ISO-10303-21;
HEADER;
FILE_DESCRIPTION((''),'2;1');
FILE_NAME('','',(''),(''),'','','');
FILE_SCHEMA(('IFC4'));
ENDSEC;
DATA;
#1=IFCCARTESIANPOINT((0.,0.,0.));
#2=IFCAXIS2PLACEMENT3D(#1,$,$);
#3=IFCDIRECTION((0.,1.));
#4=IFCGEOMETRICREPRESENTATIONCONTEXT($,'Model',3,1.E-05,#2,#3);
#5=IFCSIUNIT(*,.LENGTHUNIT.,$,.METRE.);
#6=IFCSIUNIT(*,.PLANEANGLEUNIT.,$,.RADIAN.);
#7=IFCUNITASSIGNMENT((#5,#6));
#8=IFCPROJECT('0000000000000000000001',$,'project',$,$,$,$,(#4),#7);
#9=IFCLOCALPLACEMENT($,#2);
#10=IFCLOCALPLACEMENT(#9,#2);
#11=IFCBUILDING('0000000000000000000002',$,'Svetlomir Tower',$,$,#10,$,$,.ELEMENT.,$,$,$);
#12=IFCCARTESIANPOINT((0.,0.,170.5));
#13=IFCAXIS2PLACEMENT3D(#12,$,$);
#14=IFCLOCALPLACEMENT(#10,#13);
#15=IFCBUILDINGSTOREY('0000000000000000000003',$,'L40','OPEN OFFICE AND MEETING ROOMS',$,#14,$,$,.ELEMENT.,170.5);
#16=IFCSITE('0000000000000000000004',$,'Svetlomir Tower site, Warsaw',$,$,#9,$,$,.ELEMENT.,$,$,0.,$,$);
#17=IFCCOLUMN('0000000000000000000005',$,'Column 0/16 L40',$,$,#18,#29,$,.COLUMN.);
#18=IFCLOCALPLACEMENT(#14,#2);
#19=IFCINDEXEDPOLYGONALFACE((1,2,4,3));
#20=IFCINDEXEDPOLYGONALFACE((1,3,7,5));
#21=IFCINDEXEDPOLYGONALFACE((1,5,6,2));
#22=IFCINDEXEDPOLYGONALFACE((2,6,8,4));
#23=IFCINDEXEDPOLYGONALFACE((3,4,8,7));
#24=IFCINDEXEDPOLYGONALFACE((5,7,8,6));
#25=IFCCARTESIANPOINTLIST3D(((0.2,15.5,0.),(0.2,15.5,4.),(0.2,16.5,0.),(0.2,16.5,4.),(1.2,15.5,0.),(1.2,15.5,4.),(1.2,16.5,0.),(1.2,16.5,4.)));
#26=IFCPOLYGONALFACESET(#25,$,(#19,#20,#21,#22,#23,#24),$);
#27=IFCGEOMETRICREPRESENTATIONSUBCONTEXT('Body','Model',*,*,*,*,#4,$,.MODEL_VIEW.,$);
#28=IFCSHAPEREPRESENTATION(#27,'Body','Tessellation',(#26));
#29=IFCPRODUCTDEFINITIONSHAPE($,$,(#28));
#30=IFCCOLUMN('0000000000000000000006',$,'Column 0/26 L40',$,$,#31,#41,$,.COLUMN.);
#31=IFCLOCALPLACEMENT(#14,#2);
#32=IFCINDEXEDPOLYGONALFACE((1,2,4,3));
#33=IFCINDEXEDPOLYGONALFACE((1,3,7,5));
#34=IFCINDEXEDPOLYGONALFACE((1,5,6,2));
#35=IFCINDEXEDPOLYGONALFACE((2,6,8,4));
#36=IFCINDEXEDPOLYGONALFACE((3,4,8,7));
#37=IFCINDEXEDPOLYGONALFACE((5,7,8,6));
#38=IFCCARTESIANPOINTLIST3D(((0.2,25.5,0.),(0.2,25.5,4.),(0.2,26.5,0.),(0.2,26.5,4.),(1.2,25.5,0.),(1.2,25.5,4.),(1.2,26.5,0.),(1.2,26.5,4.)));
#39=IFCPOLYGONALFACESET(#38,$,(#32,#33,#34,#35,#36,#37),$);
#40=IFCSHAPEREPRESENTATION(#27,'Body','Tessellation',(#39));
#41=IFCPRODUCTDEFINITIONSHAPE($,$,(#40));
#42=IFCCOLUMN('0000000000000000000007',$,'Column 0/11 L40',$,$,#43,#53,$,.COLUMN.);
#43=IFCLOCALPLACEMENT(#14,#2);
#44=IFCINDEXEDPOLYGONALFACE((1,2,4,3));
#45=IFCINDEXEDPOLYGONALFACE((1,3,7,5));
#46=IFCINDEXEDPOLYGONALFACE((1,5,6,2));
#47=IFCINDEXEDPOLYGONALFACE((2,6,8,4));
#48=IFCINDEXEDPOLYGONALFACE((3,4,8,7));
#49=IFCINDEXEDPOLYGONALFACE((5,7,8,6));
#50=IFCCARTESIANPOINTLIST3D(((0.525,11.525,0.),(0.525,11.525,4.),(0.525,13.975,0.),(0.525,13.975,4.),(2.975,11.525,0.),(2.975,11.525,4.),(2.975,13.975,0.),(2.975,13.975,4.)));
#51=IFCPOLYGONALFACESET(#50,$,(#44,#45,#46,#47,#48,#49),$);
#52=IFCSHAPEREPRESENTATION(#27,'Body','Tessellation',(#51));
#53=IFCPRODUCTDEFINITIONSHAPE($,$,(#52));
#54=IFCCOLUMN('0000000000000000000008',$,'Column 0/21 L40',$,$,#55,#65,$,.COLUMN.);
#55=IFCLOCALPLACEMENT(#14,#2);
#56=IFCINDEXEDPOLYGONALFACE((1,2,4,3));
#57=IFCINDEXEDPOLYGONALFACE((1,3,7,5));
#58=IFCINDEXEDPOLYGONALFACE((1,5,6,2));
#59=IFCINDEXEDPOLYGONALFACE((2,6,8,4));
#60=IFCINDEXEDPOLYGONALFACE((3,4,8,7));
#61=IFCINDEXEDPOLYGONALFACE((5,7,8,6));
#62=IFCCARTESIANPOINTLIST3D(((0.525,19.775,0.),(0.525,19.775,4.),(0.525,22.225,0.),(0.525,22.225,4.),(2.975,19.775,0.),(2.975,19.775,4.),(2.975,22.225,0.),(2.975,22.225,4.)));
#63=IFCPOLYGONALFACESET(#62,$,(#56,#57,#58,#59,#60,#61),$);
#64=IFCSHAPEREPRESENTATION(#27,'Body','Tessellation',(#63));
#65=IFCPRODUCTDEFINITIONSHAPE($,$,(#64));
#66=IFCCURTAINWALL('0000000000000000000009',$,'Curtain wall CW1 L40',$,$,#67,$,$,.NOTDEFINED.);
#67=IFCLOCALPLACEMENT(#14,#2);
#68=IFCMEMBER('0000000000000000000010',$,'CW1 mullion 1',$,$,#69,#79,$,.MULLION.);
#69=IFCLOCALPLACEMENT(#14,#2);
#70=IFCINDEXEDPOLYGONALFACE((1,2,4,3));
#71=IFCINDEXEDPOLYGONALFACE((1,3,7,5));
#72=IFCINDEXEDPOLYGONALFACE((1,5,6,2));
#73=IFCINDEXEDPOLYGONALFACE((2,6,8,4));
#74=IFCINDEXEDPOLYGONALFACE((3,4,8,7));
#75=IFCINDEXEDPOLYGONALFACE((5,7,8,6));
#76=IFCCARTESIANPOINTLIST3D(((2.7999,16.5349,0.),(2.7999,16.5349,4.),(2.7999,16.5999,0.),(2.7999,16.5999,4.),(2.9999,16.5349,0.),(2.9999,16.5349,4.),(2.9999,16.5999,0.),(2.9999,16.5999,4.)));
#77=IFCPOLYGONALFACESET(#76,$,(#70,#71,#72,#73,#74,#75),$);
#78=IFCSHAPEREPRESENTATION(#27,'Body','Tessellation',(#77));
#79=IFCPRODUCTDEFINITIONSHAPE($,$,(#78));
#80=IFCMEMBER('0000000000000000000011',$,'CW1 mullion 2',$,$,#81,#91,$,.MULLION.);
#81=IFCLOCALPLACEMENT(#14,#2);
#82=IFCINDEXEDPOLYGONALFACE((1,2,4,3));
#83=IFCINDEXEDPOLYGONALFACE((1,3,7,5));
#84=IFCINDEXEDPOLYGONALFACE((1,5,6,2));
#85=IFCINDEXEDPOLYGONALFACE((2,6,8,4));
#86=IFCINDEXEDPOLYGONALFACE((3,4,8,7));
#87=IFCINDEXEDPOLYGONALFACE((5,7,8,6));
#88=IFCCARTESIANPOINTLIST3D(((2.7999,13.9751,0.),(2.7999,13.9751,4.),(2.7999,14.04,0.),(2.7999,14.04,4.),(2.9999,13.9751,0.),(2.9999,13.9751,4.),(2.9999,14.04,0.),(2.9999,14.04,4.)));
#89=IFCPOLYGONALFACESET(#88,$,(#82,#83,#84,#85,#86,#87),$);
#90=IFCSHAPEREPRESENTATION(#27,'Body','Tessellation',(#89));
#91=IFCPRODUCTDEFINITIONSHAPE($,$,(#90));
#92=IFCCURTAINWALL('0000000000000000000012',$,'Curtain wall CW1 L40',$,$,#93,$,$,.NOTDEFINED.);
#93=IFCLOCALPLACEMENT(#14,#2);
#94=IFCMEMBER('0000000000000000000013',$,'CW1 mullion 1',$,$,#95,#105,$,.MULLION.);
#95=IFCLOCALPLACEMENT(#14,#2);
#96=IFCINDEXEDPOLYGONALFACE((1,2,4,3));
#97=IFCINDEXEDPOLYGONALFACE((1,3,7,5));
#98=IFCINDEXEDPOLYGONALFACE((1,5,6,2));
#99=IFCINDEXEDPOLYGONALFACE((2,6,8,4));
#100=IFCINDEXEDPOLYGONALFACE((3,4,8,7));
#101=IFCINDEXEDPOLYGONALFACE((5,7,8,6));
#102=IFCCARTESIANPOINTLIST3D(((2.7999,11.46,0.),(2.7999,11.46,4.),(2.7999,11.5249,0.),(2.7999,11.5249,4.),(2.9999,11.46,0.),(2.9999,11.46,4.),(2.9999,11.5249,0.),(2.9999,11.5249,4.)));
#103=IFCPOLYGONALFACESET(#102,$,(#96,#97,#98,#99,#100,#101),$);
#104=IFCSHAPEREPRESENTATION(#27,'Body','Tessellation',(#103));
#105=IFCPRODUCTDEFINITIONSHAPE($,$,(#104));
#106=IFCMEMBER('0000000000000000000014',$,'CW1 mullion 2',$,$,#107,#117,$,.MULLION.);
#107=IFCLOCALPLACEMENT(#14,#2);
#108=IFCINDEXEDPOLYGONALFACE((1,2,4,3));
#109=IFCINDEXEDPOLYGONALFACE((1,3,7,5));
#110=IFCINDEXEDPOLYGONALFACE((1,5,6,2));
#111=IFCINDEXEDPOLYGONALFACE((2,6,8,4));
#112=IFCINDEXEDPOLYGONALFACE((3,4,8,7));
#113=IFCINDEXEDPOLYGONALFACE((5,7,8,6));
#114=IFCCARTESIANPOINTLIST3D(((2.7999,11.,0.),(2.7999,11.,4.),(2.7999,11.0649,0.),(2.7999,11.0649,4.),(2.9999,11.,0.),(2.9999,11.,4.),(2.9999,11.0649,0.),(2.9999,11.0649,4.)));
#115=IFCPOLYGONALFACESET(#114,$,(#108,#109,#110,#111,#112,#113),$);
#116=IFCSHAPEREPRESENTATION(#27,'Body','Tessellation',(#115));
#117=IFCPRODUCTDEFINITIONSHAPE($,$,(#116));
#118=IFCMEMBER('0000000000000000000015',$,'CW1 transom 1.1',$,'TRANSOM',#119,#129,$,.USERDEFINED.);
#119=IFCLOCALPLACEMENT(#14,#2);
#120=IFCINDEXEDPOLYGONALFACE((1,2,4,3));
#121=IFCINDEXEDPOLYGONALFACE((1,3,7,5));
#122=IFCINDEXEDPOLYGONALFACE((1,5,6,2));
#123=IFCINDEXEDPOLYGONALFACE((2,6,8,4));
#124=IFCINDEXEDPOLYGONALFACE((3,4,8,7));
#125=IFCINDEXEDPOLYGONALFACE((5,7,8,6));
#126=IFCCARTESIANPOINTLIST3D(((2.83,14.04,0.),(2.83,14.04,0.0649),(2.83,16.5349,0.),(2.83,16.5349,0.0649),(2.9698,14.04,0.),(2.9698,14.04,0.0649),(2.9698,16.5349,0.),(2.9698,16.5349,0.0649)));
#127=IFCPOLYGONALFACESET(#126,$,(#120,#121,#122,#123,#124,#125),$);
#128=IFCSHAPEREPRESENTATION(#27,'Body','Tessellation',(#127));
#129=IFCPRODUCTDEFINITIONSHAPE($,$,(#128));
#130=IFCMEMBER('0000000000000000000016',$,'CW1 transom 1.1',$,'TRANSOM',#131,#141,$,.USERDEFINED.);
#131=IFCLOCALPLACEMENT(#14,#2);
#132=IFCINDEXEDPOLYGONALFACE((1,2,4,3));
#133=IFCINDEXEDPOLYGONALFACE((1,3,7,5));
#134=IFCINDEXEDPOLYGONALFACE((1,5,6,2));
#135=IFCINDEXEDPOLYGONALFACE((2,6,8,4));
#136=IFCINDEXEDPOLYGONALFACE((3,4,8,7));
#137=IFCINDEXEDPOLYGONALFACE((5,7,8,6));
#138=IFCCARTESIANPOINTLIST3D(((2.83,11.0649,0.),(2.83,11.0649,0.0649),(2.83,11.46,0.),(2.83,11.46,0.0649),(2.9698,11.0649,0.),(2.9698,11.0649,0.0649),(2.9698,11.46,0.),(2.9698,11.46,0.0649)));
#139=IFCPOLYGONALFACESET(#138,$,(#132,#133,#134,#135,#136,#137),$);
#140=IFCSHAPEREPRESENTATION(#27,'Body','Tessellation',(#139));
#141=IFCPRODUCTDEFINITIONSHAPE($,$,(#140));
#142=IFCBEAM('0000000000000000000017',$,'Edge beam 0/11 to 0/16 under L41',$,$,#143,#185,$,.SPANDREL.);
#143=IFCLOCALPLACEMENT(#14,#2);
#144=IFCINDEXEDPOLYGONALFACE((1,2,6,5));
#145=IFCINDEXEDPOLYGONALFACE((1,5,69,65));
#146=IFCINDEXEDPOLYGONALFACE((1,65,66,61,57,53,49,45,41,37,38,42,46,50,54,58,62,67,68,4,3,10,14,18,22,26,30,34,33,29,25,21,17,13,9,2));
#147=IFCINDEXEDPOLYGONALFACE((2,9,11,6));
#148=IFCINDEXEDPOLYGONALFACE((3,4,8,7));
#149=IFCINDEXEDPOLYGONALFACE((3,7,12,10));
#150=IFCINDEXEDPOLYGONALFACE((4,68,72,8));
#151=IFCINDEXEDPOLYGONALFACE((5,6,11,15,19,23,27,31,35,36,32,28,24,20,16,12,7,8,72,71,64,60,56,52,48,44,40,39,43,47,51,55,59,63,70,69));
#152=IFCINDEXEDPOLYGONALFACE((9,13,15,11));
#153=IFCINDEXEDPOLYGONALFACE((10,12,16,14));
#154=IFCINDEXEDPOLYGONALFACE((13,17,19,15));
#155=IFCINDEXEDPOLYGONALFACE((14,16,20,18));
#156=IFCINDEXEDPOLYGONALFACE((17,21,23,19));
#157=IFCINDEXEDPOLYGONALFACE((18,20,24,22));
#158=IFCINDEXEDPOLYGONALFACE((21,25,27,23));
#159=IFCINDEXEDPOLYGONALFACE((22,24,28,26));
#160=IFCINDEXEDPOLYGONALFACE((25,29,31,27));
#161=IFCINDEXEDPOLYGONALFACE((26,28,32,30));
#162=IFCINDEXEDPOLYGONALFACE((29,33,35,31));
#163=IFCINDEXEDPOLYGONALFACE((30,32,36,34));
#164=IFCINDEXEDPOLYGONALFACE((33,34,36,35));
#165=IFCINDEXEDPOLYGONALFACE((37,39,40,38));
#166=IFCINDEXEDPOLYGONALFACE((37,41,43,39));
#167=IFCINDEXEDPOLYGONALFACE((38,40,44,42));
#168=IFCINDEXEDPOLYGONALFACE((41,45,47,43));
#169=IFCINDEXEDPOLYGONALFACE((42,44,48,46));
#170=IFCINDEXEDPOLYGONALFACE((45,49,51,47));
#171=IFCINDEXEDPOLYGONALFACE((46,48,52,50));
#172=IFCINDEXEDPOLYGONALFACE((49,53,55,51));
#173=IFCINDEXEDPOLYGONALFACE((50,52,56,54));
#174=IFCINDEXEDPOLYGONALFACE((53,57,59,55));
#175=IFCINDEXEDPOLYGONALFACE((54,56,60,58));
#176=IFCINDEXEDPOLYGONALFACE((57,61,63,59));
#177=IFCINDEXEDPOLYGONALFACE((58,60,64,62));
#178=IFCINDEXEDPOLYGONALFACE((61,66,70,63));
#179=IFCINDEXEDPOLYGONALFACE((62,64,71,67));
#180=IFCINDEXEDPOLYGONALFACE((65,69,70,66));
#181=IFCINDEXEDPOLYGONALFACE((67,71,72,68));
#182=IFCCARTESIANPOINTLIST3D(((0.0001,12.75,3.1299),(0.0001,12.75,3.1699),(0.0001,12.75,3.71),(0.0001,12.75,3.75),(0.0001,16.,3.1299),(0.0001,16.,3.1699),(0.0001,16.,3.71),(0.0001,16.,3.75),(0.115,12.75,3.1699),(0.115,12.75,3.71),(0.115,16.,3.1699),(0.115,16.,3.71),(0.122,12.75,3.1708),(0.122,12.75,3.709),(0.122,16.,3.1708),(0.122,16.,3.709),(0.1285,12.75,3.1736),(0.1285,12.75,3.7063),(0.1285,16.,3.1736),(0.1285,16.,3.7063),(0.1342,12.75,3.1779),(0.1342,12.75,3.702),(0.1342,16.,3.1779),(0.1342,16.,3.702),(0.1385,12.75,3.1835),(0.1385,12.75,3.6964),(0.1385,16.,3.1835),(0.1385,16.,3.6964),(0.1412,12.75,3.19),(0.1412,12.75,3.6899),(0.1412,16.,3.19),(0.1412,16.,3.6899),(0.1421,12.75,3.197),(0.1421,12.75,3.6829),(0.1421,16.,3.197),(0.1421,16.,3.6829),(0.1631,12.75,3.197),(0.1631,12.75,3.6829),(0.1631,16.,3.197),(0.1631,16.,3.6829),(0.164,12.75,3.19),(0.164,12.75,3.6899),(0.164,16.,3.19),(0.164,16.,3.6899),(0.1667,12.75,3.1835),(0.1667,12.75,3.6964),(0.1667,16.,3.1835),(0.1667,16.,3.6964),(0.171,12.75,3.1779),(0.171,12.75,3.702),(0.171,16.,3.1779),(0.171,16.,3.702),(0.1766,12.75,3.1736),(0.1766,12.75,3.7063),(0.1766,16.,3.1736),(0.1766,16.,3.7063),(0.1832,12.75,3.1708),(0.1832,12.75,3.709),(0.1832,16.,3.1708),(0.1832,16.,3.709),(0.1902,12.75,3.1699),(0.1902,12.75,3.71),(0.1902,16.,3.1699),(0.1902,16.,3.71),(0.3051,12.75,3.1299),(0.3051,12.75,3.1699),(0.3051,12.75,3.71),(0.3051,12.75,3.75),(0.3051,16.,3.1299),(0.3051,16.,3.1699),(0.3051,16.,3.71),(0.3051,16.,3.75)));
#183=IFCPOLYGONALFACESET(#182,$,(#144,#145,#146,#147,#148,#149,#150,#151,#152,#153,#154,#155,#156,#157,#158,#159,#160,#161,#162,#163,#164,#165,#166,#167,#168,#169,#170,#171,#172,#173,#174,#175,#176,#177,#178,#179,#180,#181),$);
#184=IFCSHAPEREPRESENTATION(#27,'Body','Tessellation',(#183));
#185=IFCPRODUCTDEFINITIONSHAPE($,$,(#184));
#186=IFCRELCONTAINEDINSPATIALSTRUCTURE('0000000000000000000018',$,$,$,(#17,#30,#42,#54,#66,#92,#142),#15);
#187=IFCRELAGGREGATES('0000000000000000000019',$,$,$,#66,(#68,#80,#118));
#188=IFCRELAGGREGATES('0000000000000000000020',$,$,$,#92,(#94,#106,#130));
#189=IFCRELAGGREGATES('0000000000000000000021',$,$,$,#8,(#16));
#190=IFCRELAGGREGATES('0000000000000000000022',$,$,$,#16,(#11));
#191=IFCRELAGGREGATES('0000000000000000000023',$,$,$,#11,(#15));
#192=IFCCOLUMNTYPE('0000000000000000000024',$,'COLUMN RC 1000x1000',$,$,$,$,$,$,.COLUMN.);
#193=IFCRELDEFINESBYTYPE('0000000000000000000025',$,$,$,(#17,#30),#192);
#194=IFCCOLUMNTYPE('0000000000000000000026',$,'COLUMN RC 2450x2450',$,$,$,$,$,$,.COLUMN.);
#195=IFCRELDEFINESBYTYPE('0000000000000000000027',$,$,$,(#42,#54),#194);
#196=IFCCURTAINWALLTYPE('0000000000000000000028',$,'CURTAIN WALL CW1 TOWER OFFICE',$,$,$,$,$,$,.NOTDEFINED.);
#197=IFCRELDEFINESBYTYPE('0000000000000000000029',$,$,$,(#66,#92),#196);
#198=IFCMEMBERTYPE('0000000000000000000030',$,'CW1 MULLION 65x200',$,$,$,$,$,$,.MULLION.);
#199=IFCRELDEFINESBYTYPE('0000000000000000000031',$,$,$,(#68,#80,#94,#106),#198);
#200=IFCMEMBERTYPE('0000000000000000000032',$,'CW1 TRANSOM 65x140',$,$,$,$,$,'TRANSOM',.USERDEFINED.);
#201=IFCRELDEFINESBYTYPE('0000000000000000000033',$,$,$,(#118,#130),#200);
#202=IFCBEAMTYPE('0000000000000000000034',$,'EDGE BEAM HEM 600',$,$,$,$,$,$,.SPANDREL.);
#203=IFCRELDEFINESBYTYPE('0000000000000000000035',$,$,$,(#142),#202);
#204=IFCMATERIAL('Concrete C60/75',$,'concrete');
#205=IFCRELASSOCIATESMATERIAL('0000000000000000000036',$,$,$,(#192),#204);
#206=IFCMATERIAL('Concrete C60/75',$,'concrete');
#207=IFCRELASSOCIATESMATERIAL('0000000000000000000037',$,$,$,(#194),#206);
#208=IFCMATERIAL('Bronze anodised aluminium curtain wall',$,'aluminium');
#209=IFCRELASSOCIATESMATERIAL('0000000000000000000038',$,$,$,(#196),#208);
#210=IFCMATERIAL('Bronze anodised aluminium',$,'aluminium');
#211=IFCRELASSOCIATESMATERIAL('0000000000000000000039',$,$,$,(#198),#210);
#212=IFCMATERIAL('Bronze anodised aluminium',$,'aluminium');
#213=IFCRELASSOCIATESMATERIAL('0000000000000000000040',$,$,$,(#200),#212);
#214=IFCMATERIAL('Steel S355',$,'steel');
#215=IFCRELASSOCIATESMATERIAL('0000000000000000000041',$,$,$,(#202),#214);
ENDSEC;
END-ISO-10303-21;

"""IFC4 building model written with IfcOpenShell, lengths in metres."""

from ifc_helpers import new_model, si_unit, direction, frame, origin, origin_2d, place, context, subcontext, project, spatial, rectangle, i_section, extrude, material, material_profile, profile_set, type_object, element, aggregate, save


model = new_model("IFC4")

# Units and contexts
model_context = context("Model", 3, precision=1e-05, world=origin(), true_north=direction((0.0, 1.0)))
body_context = subcontext(model_context, "Body", "Model", "MODEL_VIEW")
ifc_project = project(units=[si_unit("LENGTHUNIT", "METRE"), si_unit("PLANEANGLEUNIT", "RADIAN")], contexts=[model_context])

# Site, building, storey
site_placement = place(None, origin())
site = spatial("IfcSite", under=ifc_project, at=site_placement, Name="Svetlomir Tower site, Warsaw", CompositionType="ELEMENT", RefElevation=0.0)
building_placement = place(site_placement, origin())
building = spatial("IfcBuilding", under=site, at=building_placement, Name="Svetlomir Tower", CompositionType="ELEMENT")
storey_placement = place(building_placement, frame((0.0, 0.0, 170.5)))
storey = spatial("IfcBuildingStorey", under=building, at=storey_placement, Name="L40", Description="OPEN OFFICE AND MEETING ROOMS", CompositionType="ELEMENT", Elevation=170.5)

# Columns
ifc_material_1 = material(Name="Concrete C60/75", Category="concrete")
ifc_material_profile_1 = material_profile(ifc_material_1, rectangle(XDim=1.0, YDim=1.0, at=origin_2d()), Name="RC 1000x1000")
ifc_profile_set_1 = profile_set([ifc_material_profile_1], Name="Concrete C60/75")
column_type_1 = type_object("IfcColumnType", Name="COLUMN RC 1000x1000", PredefinedType="COLUMN", material=ifc_profile_set_1)
for number, where, z_axis, x_axis, name in (
    (1, (0.7, 16.0, 0.0), (0.0, 0.0, 1.0), (1.0, 0.0, 0.0), "Column 0/16 L40"),
    (2, (0.7, 26.0, 0.0), (0.0, 0.0, 1.0), (1.0, 0.0, 0.0), "Column 0/26 L40"),
):
    element("IfcColumn", number, at=place(storey_placement, frame(where, z_axis=z_axis, x_axis=x_axis)), inside=storey, type_object=column_type_1, Name=name, PredefinedType="COLUMN", context=body_context, shape_type="SweptSolid", body=[
        extrude(rectangle(XDim=1.0, YDim=1.0, at=origin_2d()), origin(), (0.0, 0.0, 1.0), 4.0),
    ])
ifc_material_2 = material(Name="Concrete C60/75", Category="concrete")
ifc_material_profile_2 = material_profile(ifc_material_2, rectangle(XDim=2.45, YDim=2.45, at=origin_2d()), Name="RC 2450x2450")
ifc_profile_set_2 = profile_set([ifc_material_profile_2], Name="Concrete C60/75")
column_type_2 = type_object("IfcColumnType", Name="COLUMN RC 2450x2450", PredefinedType="COLUMN", material=ifc_profile_set_2)
for number, where, z_axis, x_axis, name in (
    (3, (1.75, 12.75, 0.0), (0.0, 0.0, 1.0), (1.0, 0.0, 0.0), "Column 0/11 L40"),
    (4, (1.75, 21.0, 0.0), (0.0, 0.0, 1.0), (1.0, 0.0, 0.0), "Column 0/21 L40"),
):
    element("IfcColumn", number, at=place(storey_placement, frame(where, z_axis=z_axis, x_axis=x_axis)), inside=storey, type_object=column_type_2, Name=name, PredefinedType="COLUMN", context=body_context, shape_type="SweptSolid", body=[
        extrude(rectangle(XDim=2.45, YDim=2.45, at=origin_2d()), origin(), (0.0, 0.0, 1.0), 4.0),
    ])

# Curtain walls, members
ifc_material_3 = material(Name="Bronze anodised aluminium curtain wall", Category="aluminium")
curtain_wall_type = type_object("IfcCurtainWallType", Name="CURTAIN WALL CW1 TOWER OFFICE", PredefinedType="NOTDEFINED", material=ifc_material_3)
curtain_wall_1_placement = place(storey_placement, origin())
curtain_wall_1 = element("IfcCurtainWall", 5, at=curtain_wall_1_placement, inside=storey, type_object=curtain_wall_type, Name="Curtain wall CW1 L40", PredefinedType="NOTDEFINED")
ifc_material_4 = material(Name="Bronze anodised aluminium", Category="aluminium")
ifc_material_profile_3 = material_profile(ifc_material_4, rectangle(XDim=0.0649, YDim=0.2, at=origin_2d()), Name="AL 65x200")
ifc_profile_set_3 = profile_set([ifc_material_profile_3], Name="Bronze anodised aluminium 6063-T6")
member_type_1 = type_object("IfcMemberType", Name="CW1 MULLION 65x200", PredefinedType="MULLION", material=ifc_profile_set_3)
member_1_placement = place(storey_placement, frame((2.8999, 16.5674, 0.0), z_axis=(0.0, 0.0, 1.0), x_axis=(0.0, -1.0, 0.0)))
member_1 = element("IfcMember", 6, at=member_1_placement, type_object=member_type_1, Name="CW1 mullion 1", PredefinedType="MULLION", context=body_context, shape_type="SweptSolid", body=[
    extrude(rectangle(XDim=0.0649, YDim=0.2, at=origin_2d()), origin(), (0.0, 0.0, 1.0), 4.0),
])
member_2_placement = place(storey_placement, frame((2.8999, 14.0076, 0.0), z_axis=(0.0, 0.0, 1.0), x_axis=(0.0, -1.0, 0.0)))
member_2 = element("IfcMember", 7, at=member_2_placement, type_object=member_type_1, Name="CW1 mullion 2", PredefinedType="MULLION", context=body_context, shape_type="SweptSolid", body=[
    extrude(rectangle(XDim=0.0649, YDim=0.2, at=origin_2d()), origin(), (0.0, 0.0, 1.0), 4.0),
])
curtain_wall_2_placement = place(storey_placement, origin())
curtain_wall_2 = element("IfcCurtainWall", 8, at=curtain_wall_2_placement, inside=storey, type_object=curtain_wall_type, Name="Curtain wall CW1 L40", PredefinedType="NOTDEFINED")
member_3_placement = place(storey_placement, frame((2.8999, 11.4924, 0.0), z_axis=(0.0, 0.0, 1.0), x_axis=(0.0, -1.0, 0.0)))
member_3 = element("IfcMember", 9, at=member_3_placement, type_object=member_type_1, Name="CW1 mullion 1", PredefinedType="MULLION", context=body_context, shape_type="SweptSolid", body=[
    extrude(rectangle(XDim=0.0649, YDim=0.2, at=origin_2d()), origin(), (0.0, 0.0, 1.0), 4.0),
])
member_4_placement = place(storey_placement, frame((2.8999, 11.0325, 0.0), z_axis=(0.0, 0.0, 1.0), x_axis=(0.0, -1.0, 0.0)))
member_4 = element("IfcMember", 10, at=member_4_placement, type_object=member_type_1, Name="CW1 mullion 2", PredefinedType="MULLION", context=body_context, shape_type="SweptSolid", body=[
    extrude(rectangle(XDim=0.0649, YDim=0.2, at=origin_2d()), origin(), (0.0, 0.0, 1.0), 4.0),
])

# Members
ifc_material_5 = material(Name="Bronze anodised aluminium", Category="aluminium")
ifc_material_profile_4 = material_profile(ifc_material_5, rectangle(XDim=0.1399, YDim=0.0649, at=origin_2d()), Name="AL 140x65")
ifc_profile_set_4 = profile_set([ifc_material_profile_4], Name="Bronze anodised aluminium 6063-T6")
member_type_2 = type_object("IfcMemberType", Name="CW1 TRANSOM 65x140", ElementType="TRANSOM", PredefinedType="USERDEFINED", material=ifc_profile_set_4)
member_5_placement = place(storey_placement, frame((2.8999, 16.5349, 0.0325), z_axis=(0.0, -1.0, 0.0), x_axis=(1.0, 0.0, 0.0)))
member_5 = element("IfcMember", 11, at=member_5_placement, type_object=member_type_2, Name="CW1 transom 1.1", ObjectType="TRANSOM", PredefinedType="USERDEFINED", context=body_context, shape_type="SweptSolid", body=[
    extrude(rectangle(XDim=0.1399, YDim=0.0649, at=origin_2d()), origin(), (0.0, 0.0, 1.0), 2.4949),
])
member_6_placement = place(storey_placement, frame((2.8999, 11.46, 0.0325), z_axis=(0.0, -1.0, 0.0), x_axis=(1.0, 0.0, 0.0)))
member_6 = element("IfcMember", 12, at=member_6_placement, type_object=member_type_2, Name="CW1 transom 1.1", ObjectType="TRANSOM", PredefinedType="USERDEFINED", context=body_context, shape_type="SweptSolid", body=[
    extrude(rectangle(XDim=0.1399, YDim=0.0649, at=origin_2d()), origin(), (0.0, 0.0, 1.0), 0.395),
])

# Beam
ifc_material_6 = material(Name="Steel S355", Category="steel")
ifc_material_profile_5 = material_profile(ifc_material_6, i_section(OverallWidth=0.3049, OverallDepth=0.6201, WebThickness=0.021, FlangeThickness=0.04, FilletRadius=0.0271, at=origin_2d()), Name="HEM 600")
ifc_profile_set_5 = profile_set([ifc_material_profile_5], Name="Steel S355")
beam_type_1 = type_object("IfcBeamType", Name="EDGE BEAM HEM 600", PredefinedType="SPANDREL", material=ifc_profile_set_5)
beam_1_placement = place(storey_placement, frame((0.1526, 12.75, 3.4399), z_axis=(0.0, 1.0, 0.0), x_axis=(-1.0, 0.0, 0.0)))
element("IfcBeam", 13, at=beam_1_placement, inside=storey, type_object=beam_type_1, Name="Edge beam 0/11 to 0/16 under L41", PredefinedType="SPANDREL", context=body_context, shape_type="SweptSolid", body=[
    extrude(i_section(OverallWidth=0.3049, OverallDepth=0.6201, WebThickness=0.021, FlangeThickness=0.04, FilletRadius=0.0271, at=origin_2d()), origin(), (0.0, 0.0, 1.0), 3.25),
])

aggregate(curtain_wall_1, [member_1, member_2, member_5])
aggregate(curtain_wall_2, [member_3, member_4, member_6])

save(model, "model.ifc")
